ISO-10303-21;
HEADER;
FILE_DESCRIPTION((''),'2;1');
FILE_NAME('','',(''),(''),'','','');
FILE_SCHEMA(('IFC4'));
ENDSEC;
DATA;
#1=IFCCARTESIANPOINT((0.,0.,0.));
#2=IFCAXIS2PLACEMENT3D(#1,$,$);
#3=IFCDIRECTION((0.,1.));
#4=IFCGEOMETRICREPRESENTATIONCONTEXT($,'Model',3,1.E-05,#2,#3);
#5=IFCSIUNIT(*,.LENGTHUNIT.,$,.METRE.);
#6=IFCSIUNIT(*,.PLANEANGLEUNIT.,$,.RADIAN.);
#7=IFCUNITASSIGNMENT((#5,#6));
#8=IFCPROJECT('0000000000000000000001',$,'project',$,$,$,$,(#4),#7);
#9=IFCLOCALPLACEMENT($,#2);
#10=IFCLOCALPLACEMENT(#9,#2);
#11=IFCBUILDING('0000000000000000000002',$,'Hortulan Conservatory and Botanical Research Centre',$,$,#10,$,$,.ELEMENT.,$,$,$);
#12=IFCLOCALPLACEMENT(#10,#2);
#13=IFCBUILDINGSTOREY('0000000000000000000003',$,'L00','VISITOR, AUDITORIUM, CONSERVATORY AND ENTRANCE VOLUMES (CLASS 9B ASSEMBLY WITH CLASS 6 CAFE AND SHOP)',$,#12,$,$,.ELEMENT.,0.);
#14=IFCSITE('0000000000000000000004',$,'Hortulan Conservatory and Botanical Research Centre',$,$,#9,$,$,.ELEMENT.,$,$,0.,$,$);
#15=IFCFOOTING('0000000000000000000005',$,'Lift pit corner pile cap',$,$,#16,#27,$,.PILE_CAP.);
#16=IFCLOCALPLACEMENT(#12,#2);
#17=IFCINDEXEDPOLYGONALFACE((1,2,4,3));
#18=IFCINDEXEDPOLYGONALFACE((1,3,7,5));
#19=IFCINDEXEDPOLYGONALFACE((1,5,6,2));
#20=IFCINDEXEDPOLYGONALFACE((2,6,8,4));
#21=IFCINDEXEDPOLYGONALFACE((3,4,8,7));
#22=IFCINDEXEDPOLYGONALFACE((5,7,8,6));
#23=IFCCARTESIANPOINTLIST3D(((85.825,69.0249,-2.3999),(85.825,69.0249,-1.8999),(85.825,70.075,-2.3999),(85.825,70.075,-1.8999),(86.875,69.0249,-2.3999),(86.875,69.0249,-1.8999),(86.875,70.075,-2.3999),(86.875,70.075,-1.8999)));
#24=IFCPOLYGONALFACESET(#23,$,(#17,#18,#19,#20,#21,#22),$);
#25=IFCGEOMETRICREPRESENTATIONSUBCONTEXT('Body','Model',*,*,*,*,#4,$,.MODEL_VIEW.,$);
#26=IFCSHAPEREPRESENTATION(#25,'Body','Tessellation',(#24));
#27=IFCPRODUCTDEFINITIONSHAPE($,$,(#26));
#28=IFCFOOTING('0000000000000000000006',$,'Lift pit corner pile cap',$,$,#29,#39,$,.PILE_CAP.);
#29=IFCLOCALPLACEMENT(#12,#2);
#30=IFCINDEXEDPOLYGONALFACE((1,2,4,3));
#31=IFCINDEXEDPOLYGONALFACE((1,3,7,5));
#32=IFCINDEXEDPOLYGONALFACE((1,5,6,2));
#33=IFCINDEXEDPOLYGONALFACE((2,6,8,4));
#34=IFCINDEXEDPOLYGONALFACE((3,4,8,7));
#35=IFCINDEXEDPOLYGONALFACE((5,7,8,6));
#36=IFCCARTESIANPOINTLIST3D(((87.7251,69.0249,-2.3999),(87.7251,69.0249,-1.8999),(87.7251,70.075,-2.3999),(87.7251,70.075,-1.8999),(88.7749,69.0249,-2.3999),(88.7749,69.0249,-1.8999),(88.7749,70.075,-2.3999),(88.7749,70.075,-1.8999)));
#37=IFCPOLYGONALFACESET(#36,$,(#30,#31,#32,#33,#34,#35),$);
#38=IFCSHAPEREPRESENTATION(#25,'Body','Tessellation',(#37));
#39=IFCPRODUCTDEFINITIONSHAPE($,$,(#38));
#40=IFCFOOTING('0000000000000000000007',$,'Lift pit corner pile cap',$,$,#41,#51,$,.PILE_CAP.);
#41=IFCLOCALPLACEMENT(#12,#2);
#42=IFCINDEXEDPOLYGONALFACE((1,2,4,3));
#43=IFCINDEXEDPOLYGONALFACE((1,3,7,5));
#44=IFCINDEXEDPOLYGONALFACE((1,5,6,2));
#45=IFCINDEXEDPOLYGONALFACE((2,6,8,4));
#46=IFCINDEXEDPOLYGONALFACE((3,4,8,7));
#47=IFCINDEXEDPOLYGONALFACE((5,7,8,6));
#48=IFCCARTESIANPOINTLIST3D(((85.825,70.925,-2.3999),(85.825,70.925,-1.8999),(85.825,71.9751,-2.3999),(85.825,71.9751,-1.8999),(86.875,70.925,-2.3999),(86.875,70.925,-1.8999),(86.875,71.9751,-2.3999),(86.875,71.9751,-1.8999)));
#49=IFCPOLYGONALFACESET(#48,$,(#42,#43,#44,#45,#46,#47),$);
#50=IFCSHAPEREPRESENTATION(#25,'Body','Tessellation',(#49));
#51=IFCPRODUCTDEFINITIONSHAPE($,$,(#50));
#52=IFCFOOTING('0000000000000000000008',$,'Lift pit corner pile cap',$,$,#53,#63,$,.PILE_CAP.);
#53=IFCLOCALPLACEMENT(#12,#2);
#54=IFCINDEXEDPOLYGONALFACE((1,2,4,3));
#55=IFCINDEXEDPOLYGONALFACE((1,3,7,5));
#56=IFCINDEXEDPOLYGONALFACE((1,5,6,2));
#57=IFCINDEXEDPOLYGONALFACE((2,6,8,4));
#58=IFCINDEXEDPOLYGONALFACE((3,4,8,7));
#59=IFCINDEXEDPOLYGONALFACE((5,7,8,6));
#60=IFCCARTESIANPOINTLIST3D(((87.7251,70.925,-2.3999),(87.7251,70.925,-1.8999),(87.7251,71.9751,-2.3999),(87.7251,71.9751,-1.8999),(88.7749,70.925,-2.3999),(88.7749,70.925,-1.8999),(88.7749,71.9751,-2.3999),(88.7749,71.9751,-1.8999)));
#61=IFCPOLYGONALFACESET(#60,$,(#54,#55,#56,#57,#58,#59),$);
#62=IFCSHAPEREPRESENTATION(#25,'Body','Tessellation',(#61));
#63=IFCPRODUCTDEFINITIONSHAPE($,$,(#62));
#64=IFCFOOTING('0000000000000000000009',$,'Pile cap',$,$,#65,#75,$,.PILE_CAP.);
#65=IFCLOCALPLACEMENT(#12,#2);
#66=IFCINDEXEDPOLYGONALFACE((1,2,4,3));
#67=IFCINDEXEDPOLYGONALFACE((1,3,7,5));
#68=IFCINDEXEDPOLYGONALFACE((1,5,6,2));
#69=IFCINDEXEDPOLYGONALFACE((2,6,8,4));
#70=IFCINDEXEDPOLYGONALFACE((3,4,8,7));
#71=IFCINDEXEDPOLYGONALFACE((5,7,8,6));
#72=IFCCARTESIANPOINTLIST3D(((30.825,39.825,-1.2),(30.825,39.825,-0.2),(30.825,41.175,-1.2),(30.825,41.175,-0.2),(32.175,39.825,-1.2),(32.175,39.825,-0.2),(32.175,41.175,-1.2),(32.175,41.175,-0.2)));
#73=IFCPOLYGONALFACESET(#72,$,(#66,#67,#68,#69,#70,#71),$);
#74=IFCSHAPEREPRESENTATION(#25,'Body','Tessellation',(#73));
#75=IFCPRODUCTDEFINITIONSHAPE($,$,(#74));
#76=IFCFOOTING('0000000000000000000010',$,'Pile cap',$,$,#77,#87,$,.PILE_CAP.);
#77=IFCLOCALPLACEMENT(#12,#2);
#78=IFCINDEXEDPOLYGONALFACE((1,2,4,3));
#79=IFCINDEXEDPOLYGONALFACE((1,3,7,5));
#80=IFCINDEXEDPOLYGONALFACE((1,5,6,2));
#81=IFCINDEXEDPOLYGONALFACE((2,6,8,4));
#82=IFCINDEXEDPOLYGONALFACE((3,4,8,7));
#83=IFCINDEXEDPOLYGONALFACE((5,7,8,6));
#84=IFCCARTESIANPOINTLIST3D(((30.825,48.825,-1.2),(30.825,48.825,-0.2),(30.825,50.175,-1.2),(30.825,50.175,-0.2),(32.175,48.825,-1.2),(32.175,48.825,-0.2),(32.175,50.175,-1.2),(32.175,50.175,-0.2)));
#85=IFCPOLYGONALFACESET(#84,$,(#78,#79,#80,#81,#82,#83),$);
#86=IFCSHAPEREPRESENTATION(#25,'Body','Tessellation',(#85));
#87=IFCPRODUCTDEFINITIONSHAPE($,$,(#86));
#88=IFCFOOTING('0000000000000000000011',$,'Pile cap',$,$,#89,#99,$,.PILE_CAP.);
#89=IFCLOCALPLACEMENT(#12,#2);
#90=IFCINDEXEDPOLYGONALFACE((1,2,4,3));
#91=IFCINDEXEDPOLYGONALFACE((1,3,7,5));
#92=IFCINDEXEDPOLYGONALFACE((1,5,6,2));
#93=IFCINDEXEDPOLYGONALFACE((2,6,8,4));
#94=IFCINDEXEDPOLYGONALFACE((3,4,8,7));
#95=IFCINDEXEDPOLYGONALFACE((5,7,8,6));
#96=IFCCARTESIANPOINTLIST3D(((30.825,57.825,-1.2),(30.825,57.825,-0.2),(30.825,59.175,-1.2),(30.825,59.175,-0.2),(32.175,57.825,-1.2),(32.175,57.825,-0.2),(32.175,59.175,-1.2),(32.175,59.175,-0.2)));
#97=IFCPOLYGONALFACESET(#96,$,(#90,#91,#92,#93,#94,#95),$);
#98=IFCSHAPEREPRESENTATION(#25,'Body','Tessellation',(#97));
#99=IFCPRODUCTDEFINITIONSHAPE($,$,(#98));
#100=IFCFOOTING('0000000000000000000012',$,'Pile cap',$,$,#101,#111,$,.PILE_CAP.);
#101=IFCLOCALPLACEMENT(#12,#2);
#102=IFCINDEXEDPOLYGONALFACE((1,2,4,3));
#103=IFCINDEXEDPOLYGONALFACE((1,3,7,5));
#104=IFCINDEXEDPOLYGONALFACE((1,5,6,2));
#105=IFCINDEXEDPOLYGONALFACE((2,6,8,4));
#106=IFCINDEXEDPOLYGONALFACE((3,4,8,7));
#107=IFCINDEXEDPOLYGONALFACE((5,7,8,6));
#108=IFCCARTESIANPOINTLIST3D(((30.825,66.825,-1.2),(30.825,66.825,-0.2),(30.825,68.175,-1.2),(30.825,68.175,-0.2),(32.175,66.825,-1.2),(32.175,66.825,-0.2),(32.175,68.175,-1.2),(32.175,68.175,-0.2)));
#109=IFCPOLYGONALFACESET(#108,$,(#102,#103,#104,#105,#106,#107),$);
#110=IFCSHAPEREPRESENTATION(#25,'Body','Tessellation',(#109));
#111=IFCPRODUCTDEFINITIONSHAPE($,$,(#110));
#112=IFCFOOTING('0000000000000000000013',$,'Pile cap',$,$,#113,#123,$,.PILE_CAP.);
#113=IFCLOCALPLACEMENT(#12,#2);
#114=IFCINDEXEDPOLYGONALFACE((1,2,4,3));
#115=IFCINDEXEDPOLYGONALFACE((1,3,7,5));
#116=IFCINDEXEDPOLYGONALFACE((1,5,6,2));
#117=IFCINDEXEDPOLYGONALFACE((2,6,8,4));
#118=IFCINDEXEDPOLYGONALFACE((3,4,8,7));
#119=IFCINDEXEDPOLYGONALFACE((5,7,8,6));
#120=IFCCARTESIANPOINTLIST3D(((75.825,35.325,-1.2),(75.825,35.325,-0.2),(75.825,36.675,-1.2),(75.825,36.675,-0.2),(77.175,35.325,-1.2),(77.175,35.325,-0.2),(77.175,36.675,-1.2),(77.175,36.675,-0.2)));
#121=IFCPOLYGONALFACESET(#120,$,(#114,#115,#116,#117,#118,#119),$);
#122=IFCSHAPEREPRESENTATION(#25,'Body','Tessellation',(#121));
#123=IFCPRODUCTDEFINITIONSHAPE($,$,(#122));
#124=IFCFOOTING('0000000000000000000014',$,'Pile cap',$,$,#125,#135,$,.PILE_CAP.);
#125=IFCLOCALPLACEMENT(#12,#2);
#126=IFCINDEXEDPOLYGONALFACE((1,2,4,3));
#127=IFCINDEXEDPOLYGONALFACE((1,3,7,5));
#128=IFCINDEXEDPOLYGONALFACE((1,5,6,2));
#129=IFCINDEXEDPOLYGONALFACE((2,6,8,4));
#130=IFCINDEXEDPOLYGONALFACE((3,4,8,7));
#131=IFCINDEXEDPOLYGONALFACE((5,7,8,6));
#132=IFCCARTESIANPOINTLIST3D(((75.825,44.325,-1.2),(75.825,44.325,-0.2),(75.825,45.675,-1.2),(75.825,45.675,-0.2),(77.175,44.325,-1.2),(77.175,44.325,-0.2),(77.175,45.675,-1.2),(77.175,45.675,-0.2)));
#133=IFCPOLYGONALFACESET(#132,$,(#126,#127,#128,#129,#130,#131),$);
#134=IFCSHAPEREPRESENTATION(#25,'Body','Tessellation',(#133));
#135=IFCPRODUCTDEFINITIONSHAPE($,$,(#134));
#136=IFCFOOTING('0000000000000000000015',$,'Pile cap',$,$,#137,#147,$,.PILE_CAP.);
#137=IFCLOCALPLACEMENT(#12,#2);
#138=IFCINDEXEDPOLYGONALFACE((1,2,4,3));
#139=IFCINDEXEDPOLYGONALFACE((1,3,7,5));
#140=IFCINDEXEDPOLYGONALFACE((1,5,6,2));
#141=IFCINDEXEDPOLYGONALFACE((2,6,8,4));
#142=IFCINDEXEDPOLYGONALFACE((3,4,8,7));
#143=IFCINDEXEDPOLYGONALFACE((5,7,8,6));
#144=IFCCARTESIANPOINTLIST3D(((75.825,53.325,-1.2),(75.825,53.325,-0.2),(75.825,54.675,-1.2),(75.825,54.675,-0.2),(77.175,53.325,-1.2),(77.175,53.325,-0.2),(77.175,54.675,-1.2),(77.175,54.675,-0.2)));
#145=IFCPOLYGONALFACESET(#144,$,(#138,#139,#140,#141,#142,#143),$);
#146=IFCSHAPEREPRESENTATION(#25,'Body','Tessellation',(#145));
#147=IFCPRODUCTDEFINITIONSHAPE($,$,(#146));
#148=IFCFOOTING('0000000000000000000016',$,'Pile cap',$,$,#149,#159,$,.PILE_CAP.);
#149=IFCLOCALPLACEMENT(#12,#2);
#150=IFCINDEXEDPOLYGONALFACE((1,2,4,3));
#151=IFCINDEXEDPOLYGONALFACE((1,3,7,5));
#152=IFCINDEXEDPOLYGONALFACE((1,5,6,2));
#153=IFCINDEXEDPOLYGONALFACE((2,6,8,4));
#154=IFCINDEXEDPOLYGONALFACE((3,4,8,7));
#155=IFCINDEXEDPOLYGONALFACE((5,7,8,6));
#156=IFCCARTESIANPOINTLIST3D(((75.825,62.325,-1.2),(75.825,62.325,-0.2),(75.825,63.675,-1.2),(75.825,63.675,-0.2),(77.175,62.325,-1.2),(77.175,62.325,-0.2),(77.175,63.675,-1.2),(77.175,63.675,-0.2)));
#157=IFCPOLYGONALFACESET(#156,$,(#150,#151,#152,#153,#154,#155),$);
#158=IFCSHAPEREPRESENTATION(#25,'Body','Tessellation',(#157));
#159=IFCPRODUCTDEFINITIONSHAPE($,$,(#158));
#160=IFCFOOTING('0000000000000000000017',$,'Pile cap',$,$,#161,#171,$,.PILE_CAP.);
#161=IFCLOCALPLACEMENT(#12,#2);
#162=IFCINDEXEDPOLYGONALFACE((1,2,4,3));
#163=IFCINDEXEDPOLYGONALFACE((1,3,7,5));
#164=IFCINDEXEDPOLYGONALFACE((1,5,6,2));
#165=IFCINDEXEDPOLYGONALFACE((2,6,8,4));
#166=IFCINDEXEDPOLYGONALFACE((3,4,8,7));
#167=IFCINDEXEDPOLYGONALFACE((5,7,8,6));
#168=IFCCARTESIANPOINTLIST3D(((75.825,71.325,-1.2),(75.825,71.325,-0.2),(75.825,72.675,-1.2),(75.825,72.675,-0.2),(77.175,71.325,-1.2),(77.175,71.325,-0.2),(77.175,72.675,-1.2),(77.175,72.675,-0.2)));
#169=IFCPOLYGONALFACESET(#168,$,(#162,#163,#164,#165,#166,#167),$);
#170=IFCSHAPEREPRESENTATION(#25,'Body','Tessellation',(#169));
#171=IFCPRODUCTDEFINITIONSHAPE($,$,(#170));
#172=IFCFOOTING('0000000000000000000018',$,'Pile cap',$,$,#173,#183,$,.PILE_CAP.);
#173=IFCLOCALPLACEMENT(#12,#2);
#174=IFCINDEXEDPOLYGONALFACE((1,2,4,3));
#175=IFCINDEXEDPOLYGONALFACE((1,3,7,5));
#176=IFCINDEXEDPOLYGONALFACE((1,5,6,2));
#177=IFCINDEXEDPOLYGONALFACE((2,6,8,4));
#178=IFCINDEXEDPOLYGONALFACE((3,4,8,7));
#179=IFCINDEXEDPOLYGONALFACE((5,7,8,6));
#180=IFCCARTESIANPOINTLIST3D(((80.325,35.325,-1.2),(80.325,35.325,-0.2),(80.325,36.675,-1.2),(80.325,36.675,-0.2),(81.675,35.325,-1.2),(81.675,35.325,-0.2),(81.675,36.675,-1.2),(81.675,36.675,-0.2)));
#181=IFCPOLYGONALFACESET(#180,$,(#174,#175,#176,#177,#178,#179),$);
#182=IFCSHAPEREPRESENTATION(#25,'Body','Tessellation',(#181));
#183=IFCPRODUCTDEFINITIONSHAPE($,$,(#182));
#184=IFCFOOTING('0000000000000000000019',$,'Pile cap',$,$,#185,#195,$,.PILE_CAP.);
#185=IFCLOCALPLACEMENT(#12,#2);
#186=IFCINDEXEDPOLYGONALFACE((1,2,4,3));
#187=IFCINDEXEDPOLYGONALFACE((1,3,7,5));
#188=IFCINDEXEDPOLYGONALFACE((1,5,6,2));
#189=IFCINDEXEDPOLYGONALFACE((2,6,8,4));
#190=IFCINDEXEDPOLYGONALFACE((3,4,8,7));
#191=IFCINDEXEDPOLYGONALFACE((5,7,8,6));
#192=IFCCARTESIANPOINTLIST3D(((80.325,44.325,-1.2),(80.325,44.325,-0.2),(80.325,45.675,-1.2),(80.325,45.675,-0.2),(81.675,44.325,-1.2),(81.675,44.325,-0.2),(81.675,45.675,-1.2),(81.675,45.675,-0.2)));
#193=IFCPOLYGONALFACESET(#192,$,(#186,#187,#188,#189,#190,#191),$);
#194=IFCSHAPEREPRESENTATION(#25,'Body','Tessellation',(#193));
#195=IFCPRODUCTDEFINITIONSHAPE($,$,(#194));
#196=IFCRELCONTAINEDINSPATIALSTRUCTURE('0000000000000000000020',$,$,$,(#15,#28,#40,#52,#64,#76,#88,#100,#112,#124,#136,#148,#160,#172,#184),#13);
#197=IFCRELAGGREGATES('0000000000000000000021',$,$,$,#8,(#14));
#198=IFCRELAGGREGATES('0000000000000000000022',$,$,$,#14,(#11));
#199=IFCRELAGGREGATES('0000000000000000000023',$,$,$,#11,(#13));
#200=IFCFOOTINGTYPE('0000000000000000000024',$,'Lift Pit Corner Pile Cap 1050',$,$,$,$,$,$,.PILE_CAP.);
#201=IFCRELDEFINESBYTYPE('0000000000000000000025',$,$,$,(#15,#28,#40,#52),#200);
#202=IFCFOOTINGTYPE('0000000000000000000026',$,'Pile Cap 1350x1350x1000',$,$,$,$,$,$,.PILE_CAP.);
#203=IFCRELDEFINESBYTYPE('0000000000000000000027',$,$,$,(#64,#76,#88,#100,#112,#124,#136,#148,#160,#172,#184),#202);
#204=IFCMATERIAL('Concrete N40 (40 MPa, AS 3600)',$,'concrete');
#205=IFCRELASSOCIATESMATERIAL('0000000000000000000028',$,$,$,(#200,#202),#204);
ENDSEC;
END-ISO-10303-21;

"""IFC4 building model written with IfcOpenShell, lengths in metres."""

from ifc_helpers import new_model, si_unit, direction, frame, origin, place, context, subcontext, project, spatial, polyline, outline, extrude, material, type_object, element, save


model = new_model("IFC4")

# Units and contexts
model_context = context("Model", 3, precision=1e-05, world=origin(), true_north=direction((0.0, 1.0)))
body_context = subcontext(model_context, "Body", "Model", "MODEL_VIEW")
ifc_project = project(units=[si_unit("LENGTHUNIT", "METRE"), si_unit("PLANEANGLEUNIT", "RADIAN")], contexts=[model_context])

# Site, building, storey
site_placement = place(None, origin())
site = spatial("IfcSite", under=ifc_project, at=site_placement, Name="Hortulan Conservatory and Botanical Research Centre", CompositionType="ELEMENT", RefElevation=0.0)
building_placement = place(site_placement, origin())
building = spatial("IfcBuilding", under=site, at=building_placement, Name="Hortulan Conservatory and Botanical Research Centre", CompositionType="ELEMENT")
storey_placement = place(building_placement, origin())
storey = spatial("IfcBuildingStorey", under=building, at=storey_placement, Name="L00", Description="VISITOR, AUDITORIUM, CONSERVATORY AND ENTRANCE VOLUMES (CLASS 9B ASSEMBLY WITH CLASS 6 CAFE AND SHOP)", CompositionType="ELEMENT", Elevation=0.0)

# Footings
ifc_material = material(Name="Concrete N40 (40 MPa, AS 3600)", Category="concrete")
footing_type_1 = type_object("IfcFootingType", Name="Lift Pit Corner Pile Cap 1050", PredefinedType="PILE_CAP", material=ifc_material)
footing_1_placement = place(storey_placement, frame((0.0, 0.0, -2.3999)))
element("IfcFooting", 1, at=footing_1_placement, inside=storey, type_object=footing_type_1, Name="Lift pit corner pile cap", PredefinedType="PILE_CAP", context=body_context, shape_type="SweptSolid", body=[
    extrude(outline(polyline([(86.875, 69.0249), (86.875, 70.075), (85.825, 70.075), (85.825, 69.0249), (86.875, 69.0249)])), origin(), (0.0, 0.0, 1.0), 0.5),
])
footing_2_placement = place(storey_placement, frame((0.0, 0.0, -2.3999)))
element("IfcFooting", 2, at=footing_2_placement, inside=storey, type_object=footing_type_1, Name="Lift pit corner pile cap", PredefinedType="PILE_CAP", context=body_context, shape_type="SweptSolid", body=[
    extrude(outline(polyline([(88.7749, 69.0249), (88.7749, 70.075), (87.7251, 70.075), (87.7251, 69.0249), (88.7749, 69.0249)])), origin(), (0.0, 0.0, 1.0), 0.5),
])
footing_3_placement = place(storey_placement, frame((0.0, 0.0, -2.3999)))
element("IfcFooting", 3, at=footing_3_placement, inside=storey, type_object=footing_type_1, Name="Lift pit corner pile cap", PredefinedType="PILE_CAP", context=body_context, shape_type="SweptSolid", body=[
    extrude(outline(polyline([(86.875, 70.925), (86.875, 71.9751), (85.825, 71.9751), (85.825, 70.925), (86.875, 70.925)])), origin(), (0.0, 0.0, 1.0), 0.5),
])
footing_4_placement = place(storey_placement, frame((0.0, 0.0, -2.3999)))
element("IfcFooting", 4, at=footing_4_placement, inside=storey, type_object=footing_type_1, Name="Lift pit corner pile cap", PredefinedType="PILE_CAP", context=body_context, shape_type="SweptSolid", body=[
    extrude(outline(polyline([(88.7749, 70.925), (88.7749, 71.9751), (87.7251, 71.9751), (87.7251, 70.925), (88.7749, 70.925)])), origin(), (0.0, 0.0, 1.0), 0.5),
])
footing_type_2 = type_object("IfcFootingType", Name="Pile Cap 1350x1350x1000", PredefinedType="PILE_CAP", material=ifc_material)
footing_5_placement = place(storey_placement, frame((0.0, 0.0, -1.2)))
element("IfcFooting", 5, at=footing_5_placement, inside=storey, type_object=footing_type_2, Name="Pile cap", PredefinedType="PILE_CAP", context=body_context, shape_type="SweptSolid", body=[
    extrude(outline(polyline([(32.175, 39.825), (32.175, 41.175), (30.825, 41.175), (30.825, 39.825), (32.175, 39.825)])), origin(), (0.0, 0.0, 1.0), 1.0),
])
footing_6_placement = place(storey_placement, frame((0.0, 0.0, -1.2)))
element("IfcFooting", 6, at=footing_6_placement, inside=storey, type_object=footing_type_2, Name="Pile cap", PredefinedType="PILE_CAP", context=body_context, shape_type="SweptSolid", body=[
    extrude(outline(polyline([(32.175, 48.825), (32.175, 50.175), (30.825, 50.175), (30.825, 48.825), (32.175, 48.825)])), origin(), (0.0, 0.0, 1.0), 1.0),
])
footing_7_placement = place(storey_placement, frame((0.0, 0.0, -1.2)))
element("IfcFooting", 7, at=footing_7_placement, inside=storey, type_object=footing_type_2, Name="Pile cap", PredefinedType="PILE_CAP", context=body_context, shape_type="SweptSolid", body=[
    extrude(outline(polyline([(32.175, 57.825), (32.175, 59.175), (30.825, 59.175), (30.825, 57.825), (32.175, 57.825)])), origin(), (0.0, 0.0, 1.0), 1.0),
])
footing_8_placement = place(storey_placement, frame((0.0, 0.0, -1.2)))
element("IfcFooting", 8, at=footing_8_placement, inside=storey, type_object=footing_type_2, Name="Pile cap", PredefinedType="PILE_CAP", context=body_context, shape_type="SweptSolid", body=[
    extrude(outline(polyline([(32.175, 66.825), (32.175, 68.175), (30.825, 68.175), (30.825, 66.825), (32.175, 66.825)])), origin(), (0.0, 0.0, 1.0), 1.0),
])
footing_9_placement = place(storey_placement, frame((0.0, 0.0, -1.2)))
element("IfcFooting", 9, at=footing_9_placement, inside=storey, type_object=footing_type_2, Name="Pile cap", PredefinedType="PILE_CAP", context=body_context, shape_type="SweptSolid", body=[
    extrude(outline(polyline([(77.175, 35.325), (77.175, 36.675), (75.825, 36.675), (75.825, 35.325), (77.175, 35.325)])), origin(), (0.0, 0.0, 1.0), 1.0),
])
footing_10_placement = place(storey_placement, frame((0.0, 0.0, -1.2)))
element("IfcFooting", 10, at=footing_10_placement, inside=storey, type_object=footing_type_2, Name="Pile cap", PredefinedType="PILE_CAP", context=body_context, shape_type="SweptSolid", body=[
    extrude(outline(polyline([(77.175, 44.325), (77.175, 45.675), (75.825, 45.675), (75.825, 44.325), (77.175, 44.325)])), origin(), (0.0, 0.0, 1.0), 1.0),
])
footing_11_placement = place(storey_placement, frame((0.0, 0.0, -1.2)))
element("IfcFooting", 11, at=footing_11_placement, inside=storey, type_object=footing_type_2, Name="Pile cap", PredefinedType="PILE_CAP", context=body_context, shape_type="SweptSolid", body=[
    extrude(outline(polyline([(77.175, 53.325), (77.175, 54.675), (75.825, 54.675), (75.825, 53.325), (77.175, 53.325)])), origin(), (0.0, 0.0, 1.0), 1.0),
])
footing_12_placement = place(storey_placement, frame((0.0, 0.0, -1.2)))
element("IfcFooting", 12, at=footing_12_placement, inside=storey, type_object=footing_type_2, Name="Pile cap", PredefinedType="PILE_CAP", context=body_context, shape_type="SweptSolid", body=[
    extrude(outline(polyline([(77.175, 62.325), (77.175, 63.675), (75.825, 63.675), (75.825, 62.325), (77.175, 62.325)])), origin(), (0.0, 0.0, 1.0), 1.0),
])
footing_13_placement = place(storey_placement, frame((0.0, 0.0, -1.2)))
element("IfcFooting", 13, at=footing_13_placement, inside=storey, type_object=footing_type_2, Name="Pile cap", PredefinedType="PILE_CAP", context=body_context, shape_type="SweptSolid", body=[
    extrude(outline(polyline([(77.175, 71.325), (77.175, 72.675), (75.825, 72.675), (75.825, 71.325), (77.175, 71.325)])), origin(), (0.0, 0.0, 1.0), 1.0),
])
footing_14_placement = place(storey_placement, frame((0.0, 0.0, -1.2)))
element("IfcFooting", 14, at=footing_14_placement, inside=storey, type_object=footing_type_2, Name="Pile cap", PredefinedType="PILE_CAP", context=body_context, shape_type="SweptSolid", body=[
    extrude(outline(polyline([(81.675, 35.325), (81.675, 36.675), (80.325, 36.675), (80.325, 35.325), (81.675, 35.325)])), origin(), (0.0, 0.0, 1.0), 1.0),
])
footing_15_placement = place(storey_placement, frame((0.0, 0.0, -1.2)))
element("IfcFooting", 15, at=footing_15_placement, inside=storey, type_object=footing_type_2, Name="Pile cap", PredefinedType="PILE_CAP", context=body_context, shape_type="SweptSolid", body=[
    extrude(outline(polyline([(81.675, 44.325), (81.675, 45.675), (80.325, 45.675), (80.325, 44.325), (81.675, 44.325)])), origin(), (0.0, 0.0, 1.0), 1.0),
])

save(model, "model.ifc")
